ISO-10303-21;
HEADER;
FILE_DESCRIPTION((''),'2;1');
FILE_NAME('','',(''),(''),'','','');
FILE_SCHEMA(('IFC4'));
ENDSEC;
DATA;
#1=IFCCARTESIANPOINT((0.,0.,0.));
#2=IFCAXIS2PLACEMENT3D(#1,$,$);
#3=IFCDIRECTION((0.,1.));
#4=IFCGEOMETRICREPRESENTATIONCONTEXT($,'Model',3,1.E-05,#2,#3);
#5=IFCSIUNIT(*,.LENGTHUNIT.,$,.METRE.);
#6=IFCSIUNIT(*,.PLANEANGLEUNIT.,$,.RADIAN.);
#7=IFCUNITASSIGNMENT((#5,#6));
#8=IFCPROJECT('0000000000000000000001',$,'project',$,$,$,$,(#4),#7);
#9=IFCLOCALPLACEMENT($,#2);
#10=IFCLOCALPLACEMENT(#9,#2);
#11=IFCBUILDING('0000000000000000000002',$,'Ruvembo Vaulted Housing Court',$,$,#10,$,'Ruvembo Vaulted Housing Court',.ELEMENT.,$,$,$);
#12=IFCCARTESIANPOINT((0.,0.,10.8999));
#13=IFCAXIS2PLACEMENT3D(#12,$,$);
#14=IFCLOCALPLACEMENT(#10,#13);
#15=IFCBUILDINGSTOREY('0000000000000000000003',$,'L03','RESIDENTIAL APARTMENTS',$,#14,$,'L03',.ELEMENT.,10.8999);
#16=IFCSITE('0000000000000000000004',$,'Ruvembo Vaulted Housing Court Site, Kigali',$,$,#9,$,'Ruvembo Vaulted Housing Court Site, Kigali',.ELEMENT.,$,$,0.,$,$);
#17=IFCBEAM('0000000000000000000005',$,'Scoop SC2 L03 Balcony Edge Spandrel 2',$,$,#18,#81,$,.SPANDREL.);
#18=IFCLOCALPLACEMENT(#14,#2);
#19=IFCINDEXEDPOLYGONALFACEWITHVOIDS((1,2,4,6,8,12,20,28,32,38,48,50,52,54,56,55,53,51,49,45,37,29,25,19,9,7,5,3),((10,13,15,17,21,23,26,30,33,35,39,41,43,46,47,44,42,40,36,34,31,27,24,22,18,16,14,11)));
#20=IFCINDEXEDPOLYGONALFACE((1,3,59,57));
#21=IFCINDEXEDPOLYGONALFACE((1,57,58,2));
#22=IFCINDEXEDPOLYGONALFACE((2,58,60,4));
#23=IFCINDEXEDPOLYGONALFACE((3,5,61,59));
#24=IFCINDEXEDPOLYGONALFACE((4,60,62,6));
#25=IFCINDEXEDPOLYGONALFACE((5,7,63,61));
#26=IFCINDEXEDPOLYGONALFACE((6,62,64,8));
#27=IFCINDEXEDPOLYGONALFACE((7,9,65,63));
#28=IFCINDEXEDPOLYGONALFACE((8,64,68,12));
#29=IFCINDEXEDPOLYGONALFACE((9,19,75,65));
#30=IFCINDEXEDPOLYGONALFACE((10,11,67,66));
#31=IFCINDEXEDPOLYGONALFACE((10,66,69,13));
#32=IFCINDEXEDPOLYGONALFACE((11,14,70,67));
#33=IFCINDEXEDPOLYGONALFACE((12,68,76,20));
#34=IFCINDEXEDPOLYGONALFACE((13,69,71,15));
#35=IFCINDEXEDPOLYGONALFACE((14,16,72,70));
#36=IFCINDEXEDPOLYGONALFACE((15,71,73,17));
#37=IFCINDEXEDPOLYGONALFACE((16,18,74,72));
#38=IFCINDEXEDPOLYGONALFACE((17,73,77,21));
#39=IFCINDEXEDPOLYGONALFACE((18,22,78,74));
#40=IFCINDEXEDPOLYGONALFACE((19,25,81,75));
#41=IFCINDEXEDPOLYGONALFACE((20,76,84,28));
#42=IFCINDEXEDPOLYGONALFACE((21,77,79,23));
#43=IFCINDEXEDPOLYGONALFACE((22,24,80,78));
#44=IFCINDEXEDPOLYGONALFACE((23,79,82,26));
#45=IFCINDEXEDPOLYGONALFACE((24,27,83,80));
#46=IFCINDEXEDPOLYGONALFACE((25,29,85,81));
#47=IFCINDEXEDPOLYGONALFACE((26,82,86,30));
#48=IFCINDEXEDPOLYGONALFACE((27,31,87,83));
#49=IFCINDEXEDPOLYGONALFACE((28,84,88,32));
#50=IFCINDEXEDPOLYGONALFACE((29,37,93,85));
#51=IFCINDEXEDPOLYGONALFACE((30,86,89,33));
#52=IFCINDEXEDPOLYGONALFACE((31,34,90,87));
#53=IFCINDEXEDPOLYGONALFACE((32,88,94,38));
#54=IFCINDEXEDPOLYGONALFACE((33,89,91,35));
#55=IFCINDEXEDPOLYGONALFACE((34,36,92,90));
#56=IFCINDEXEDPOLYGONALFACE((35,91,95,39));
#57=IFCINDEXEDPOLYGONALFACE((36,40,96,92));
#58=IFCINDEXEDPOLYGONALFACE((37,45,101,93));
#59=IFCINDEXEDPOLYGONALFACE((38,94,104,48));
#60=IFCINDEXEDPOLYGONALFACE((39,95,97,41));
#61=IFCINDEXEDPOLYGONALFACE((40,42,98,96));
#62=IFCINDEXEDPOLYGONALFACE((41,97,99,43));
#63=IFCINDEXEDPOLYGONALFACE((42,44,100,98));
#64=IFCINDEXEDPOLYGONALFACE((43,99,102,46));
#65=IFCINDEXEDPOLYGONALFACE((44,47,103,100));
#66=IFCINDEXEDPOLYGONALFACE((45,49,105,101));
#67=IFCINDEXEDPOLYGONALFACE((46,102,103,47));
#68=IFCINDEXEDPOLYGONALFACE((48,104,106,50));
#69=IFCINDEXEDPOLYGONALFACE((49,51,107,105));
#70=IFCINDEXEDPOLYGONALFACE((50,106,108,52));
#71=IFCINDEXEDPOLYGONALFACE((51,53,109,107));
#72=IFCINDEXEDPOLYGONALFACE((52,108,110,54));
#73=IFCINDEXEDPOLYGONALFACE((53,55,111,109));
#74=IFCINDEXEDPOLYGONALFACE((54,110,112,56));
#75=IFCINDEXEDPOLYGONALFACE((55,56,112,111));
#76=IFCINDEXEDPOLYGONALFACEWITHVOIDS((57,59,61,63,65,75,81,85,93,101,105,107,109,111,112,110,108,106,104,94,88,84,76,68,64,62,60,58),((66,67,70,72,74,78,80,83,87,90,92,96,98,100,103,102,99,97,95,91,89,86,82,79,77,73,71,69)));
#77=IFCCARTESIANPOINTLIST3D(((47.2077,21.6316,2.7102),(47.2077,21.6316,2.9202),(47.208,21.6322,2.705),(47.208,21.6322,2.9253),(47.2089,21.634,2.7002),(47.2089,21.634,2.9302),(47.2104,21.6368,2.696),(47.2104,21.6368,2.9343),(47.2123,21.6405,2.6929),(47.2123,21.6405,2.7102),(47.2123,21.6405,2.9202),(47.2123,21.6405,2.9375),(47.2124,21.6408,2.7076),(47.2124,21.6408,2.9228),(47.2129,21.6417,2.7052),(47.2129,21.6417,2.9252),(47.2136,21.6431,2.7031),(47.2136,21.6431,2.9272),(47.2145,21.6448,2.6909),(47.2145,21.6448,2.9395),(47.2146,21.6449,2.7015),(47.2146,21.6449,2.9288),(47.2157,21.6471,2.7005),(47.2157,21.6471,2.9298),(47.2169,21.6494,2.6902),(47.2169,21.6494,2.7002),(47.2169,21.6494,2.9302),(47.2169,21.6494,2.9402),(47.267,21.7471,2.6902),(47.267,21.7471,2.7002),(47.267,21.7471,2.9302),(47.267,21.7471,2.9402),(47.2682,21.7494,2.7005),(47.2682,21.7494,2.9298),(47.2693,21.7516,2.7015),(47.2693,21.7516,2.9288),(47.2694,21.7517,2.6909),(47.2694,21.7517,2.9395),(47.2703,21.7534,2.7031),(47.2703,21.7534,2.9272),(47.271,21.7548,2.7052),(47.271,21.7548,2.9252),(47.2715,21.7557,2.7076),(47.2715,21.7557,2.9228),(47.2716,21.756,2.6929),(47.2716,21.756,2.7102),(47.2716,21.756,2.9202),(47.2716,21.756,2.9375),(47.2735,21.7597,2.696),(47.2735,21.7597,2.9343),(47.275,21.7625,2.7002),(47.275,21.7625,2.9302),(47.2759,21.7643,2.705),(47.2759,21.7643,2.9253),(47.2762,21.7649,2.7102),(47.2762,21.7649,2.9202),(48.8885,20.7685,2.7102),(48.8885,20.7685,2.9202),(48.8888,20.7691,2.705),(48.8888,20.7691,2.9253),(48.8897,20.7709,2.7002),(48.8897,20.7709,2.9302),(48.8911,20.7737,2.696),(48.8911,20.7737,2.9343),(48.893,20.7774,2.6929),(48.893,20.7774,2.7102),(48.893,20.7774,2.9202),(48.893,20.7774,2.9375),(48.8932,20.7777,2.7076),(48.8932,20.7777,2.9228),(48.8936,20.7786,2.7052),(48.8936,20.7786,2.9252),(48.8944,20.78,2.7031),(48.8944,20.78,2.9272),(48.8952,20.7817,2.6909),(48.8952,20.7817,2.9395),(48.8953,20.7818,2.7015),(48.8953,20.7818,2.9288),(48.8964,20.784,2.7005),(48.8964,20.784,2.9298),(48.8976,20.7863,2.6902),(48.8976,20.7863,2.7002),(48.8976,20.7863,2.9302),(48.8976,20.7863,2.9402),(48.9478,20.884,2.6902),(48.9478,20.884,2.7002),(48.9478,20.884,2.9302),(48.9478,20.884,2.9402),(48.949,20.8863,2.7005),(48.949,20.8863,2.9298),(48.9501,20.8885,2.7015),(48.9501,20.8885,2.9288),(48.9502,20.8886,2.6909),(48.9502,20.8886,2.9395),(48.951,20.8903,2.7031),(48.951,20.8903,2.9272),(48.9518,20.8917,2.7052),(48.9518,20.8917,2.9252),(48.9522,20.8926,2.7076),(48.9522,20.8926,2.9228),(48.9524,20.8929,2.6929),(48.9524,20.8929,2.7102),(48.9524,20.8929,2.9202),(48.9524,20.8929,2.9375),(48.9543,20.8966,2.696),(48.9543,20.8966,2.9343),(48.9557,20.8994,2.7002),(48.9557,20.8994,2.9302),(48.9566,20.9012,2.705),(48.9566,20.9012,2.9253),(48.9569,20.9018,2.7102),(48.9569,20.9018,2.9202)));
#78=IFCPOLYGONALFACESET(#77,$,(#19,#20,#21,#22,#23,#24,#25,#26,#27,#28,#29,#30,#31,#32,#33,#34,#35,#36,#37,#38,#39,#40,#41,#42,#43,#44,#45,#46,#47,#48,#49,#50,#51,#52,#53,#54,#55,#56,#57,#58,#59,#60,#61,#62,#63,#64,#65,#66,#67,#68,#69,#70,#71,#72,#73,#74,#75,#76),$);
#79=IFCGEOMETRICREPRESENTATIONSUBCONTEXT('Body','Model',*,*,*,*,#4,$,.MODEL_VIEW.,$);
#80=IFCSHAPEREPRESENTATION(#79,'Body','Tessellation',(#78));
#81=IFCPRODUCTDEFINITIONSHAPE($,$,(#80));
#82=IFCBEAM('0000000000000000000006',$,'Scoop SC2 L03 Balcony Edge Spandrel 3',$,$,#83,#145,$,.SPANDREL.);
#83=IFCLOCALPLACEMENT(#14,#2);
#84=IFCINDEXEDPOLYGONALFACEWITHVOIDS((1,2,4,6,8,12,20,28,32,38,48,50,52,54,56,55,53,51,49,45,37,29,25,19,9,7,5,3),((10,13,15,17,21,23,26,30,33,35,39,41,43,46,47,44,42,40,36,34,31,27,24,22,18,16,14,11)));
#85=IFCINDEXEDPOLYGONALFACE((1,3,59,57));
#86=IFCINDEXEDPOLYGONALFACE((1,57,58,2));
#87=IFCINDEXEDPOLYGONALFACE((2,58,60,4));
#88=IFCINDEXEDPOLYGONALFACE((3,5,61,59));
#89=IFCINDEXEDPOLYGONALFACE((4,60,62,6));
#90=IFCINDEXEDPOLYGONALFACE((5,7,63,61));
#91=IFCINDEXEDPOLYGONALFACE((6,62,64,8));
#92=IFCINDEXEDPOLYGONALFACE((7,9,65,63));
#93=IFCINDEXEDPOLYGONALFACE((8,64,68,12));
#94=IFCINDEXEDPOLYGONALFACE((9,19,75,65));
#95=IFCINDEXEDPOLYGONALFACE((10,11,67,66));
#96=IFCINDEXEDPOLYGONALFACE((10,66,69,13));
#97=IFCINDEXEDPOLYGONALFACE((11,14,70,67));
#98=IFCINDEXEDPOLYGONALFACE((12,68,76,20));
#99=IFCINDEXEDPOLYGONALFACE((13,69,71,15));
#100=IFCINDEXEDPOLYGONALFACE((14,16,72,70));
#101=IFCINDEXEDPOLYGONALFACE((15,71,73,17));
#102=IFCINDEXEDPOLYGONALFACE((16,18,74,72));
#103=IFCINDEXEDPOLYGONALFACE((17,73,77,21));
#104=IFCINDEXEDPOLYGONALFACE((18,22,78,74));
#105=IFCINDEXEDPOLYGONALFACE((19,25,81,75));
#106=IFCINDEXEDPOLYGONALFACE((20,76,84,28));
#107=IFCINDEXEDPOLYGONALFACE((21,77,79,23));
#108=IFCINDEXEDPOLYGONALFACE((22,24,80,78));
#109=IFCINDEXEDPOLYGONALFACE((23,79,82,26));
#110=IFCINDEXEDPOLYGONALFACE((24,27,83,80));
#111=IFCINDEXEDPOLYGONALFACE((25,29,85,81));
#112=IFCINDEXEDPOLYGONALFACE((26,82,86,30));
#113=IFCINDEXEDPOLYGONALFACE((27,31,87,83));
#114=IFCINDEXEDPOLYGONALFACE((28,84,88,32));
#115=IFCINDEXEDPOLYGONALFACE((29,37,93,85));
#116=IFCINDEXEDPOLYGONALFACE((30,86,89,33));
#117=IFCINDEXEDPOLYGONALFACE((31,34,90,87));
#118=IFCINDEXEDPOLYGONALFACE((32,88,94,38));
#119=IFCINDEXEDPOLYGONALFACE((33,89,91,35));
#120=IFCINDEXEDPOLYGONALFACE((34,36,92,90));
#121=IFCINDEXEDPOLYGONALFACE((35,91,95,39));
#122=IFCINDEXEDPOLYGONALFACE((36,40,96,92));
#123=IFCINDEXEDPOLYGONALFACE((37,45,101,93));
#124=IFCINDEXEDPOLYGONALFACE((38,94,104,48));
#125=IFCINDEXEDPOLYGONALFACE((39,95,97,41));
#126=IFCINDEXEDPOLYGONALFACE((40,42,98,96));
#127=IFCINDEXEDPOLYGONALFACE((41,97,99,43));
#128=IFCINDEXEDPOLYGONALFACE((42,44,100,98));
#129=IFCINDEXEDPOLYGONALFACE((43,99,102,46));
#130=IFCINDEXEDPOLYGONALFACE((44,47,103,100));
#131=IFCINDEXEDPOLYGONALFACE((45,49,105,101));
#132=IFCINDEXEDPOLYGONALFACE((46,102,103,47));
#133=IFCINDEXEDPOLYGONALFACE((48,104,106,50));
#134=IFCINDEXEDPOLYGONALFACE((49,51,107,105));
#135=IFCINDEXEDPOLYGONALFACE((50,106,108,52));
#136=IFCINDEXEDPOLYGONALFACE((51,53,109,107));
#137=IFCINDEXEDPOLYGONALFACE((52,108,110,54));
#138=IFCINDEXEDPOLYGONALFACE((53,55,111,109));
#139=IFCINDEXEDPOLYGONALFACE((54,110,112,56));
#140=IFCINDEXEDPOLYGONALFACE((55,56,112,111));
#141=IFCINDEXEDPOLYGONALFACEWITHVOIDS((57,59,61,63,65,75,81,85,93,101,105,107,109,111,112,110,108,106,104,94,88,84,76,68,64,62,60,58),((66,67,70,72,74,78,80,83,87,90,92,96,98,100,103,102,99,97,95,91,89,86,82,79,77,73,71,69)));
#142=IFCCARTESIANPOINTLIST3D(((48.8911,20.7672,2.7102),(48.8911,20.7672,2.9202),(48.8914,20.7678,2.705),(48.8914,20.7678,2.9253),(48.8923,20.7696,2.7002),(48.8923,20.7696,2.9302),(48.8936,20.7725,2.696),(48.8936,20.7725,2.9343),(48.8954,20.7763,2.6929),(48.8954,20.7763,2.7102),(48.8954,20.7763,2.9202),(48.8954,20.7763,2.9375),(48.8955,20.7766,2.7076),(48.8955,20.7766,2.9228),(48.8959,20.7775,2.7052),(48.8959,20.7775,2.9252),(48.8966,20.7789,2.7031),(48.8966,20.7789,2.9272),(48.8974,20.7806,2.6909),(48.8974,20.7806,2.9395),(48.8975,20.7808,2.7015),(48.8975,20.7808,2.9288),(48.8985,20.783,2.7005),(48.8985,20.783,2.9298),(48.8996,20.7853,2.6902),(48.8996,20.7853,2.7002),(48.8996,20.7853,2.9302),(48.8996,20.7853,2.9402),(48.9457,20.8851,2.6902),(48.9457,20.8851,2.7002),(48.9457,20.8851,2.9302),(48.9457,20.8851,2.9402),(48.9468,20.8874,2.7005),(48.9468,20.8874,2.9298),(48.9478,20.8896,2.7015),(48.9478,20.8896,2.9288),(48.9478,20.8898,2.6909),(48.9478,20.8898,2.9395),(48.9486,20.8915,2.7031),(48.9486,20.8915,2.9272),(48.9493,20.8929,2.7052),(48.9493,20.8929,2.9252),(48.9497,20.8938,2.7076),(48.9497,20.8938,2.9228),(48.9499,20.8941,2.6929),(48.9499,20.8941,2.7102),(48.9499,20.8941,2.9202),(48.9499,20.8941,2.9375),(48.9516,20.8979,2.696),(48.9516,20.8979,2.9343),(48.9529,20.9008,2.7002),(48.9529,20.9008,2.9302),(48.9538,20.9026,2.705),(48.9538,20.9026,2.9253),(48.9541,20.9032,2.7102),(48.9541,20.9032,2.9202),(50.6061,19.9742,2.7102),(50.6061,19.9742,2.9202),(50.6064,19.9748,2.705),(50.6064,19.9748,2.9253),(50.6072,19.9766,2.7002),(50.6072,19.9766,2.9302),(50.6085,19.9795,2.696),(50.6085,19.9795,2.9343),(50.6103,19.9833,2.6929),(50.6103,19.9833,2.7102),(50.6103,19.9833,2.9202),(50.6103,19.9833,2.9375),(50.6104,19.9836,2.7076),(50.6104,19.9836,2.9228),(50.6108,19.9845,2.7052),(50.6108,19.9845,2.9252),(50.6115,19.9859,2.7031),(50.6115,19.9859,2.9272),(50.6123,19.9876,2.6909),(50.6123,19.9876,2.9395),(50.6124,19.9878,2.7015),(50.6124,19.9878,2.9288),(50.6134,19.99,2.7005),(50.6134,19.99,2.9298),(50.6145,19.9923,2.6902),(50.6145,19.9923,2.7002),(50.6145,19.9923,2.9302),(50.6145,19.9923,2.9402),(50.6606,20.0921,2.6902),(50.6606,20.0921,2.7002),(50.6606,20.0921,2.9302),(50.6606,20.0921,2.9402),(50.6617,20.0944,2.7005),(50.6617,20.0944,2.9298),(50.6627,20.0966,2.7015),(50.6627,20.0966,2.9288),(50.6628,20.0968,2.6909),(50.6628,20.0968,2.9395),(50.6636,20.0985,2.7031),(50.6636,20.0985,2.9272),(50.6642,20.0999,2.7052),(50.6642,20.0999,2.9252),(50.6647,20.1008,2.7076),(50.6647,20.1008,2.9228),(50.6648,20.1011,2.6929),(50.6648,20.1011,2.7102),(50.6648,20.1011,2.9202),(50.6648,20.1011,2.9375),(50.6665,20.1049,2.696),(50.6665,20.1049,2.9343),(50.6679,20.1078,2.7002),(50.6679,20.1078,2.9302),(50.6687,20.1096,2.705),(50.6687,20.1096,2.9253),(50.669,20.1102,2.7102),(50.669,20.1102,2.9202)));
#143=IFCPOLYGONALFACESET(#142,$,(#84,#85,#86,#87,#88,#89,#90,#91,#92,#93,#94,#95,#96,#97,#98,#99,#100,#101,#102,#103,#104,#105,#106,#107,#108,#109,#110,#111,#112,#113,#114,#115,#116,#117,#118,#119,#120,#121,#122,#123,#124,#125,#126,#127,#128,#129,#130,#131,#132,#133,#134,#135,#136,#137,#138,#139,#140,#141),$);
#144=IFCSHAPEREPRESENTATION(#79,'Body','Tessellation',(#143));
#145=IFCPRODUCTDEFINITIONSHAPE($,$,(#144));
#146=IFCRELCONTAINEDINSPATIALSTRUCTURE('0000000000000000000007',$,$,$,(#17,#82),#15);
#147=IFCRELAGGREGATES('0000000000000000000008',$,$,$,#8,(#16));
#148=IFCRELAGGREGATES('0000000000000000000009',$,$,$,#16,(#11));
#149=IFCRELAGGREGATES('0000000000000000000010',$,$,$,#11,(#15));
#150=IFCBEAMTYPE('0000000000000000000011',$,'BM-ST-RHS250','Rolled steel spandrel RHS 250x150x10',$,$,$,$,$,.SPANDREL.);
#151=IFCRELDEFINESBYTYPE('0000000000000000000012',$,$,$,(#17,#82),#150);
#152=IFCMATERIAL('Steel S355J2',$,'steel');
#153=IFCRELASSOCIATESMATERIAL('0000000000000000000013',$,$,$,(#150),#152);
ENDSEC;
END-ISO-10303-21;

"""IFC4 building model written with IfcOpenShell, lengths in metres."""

from ifc_helpers import new_model, si_unit, direction, frame, origin, origin_2d, place, context, subcontext, project, spatial, hollow_rectangle, extrude, material, material_profile, profile_set, type_object, element, save


model = new_model("IFC4")

# Units and contexts
model_context = context("Model", 3, precision=1e-05, world=origin(), true_north=direction((0.0, 1.0)))
body_context = subcontext(model_context, "Body", "Model", "MODEL_VIEW")
ifc_project = project(units=[si_unit("LENGTHUNIT", "METRE"), si_unit("PLANEANGLEUNIT", "RADIAN")], contexts=[model_context])

# Site, building, storey
site_placement = place(None, origin())
site = spatial("IfcSite", under=ifc_project, at=site_placement, Name="Ruvembo Vaulted Housing Court Site, Kigali", LongName="Ruvembo Vaulted Housing Court Site, Kigali", CompositionType="ELEMENT", RefElevation=0.0)
building_placement = place(site_placement, origin())
building = spatial("IfcBuilding", under=site, at=building_placement, Name="Ruvembo Vaulted Housing Court", LongName="Ruvembo Vaulted Housing Court", CompositionType="ELEMENT")
storey_placement = place(building_placement, frame((0.0, 0.0, 10.8999)))
storey = spatial("IfcBuildingStorey", under=building, at=storey_placement, Name="L03", Description="RESIDENTIAL APARTMENTS", LongName="L03", CompositionType="ELEMENT", Elevation=10.8999)

# Beams
ifc_material_1 = material(Name="Steel S355J2", Category="steel")
ifc_material_profile_1 = material_profile(ifc_material_1, hollow_rectangle(XDim=0.1499, YDim=0.25, WallThickness=0.01, InnerFilletRadius=0.01, OuterFilletRadius=0.02, at=origin_2d()), Name="RHS 250x150x10")
ifc_profile_set_1 = profile_set([ifc_material_profile_1], Name="Steel S355J2")
beam_type_1 = type_object("IfcBeamType", Name="BM-ST-RHS250", Description="Rolled steel spandrel RHS 250x150x10", PredefinedType="SPANDREL", material=ifc_profile_set_1)
for number, where, z_axis, x_axis, name in (
    (1, (47.2419, 21.6982, 2.8152), (0.889568, -0.456802, 0.0), (0.456802, 0.889568, 0.0), "Scoop SC2 L03 Balcony Edge Spandrel 2"),
    (2, (48.9226, 20.8352, 2.8152), (0.907657, -0.419714, 0.0), (0.419714, 0.907657, 0.0), "Scoop SC2 L03 Balcony Edge Spandrel 3"),
):
    element("IfcBeam", number, at=place(storey_placement, frame(where, z_axis=z_axis, x_axis=x_axis)), inside=storey, type_object=beam_type_1, Name=name, PredefinedType="SPANDREL", context=body_context, shape_type="SweptSolid", body=[
        extrude(hollow_rectangle(XDim=0.1499, YDim=0.25, WallThickness=0.01, InnerFilletRadius=0.01, OuterFilletRadius=0.02, at=origin_2d()), origin(), (0.0, 0.0, 1.0), 1.8894),
    ])

save(model, "model.ifc")
